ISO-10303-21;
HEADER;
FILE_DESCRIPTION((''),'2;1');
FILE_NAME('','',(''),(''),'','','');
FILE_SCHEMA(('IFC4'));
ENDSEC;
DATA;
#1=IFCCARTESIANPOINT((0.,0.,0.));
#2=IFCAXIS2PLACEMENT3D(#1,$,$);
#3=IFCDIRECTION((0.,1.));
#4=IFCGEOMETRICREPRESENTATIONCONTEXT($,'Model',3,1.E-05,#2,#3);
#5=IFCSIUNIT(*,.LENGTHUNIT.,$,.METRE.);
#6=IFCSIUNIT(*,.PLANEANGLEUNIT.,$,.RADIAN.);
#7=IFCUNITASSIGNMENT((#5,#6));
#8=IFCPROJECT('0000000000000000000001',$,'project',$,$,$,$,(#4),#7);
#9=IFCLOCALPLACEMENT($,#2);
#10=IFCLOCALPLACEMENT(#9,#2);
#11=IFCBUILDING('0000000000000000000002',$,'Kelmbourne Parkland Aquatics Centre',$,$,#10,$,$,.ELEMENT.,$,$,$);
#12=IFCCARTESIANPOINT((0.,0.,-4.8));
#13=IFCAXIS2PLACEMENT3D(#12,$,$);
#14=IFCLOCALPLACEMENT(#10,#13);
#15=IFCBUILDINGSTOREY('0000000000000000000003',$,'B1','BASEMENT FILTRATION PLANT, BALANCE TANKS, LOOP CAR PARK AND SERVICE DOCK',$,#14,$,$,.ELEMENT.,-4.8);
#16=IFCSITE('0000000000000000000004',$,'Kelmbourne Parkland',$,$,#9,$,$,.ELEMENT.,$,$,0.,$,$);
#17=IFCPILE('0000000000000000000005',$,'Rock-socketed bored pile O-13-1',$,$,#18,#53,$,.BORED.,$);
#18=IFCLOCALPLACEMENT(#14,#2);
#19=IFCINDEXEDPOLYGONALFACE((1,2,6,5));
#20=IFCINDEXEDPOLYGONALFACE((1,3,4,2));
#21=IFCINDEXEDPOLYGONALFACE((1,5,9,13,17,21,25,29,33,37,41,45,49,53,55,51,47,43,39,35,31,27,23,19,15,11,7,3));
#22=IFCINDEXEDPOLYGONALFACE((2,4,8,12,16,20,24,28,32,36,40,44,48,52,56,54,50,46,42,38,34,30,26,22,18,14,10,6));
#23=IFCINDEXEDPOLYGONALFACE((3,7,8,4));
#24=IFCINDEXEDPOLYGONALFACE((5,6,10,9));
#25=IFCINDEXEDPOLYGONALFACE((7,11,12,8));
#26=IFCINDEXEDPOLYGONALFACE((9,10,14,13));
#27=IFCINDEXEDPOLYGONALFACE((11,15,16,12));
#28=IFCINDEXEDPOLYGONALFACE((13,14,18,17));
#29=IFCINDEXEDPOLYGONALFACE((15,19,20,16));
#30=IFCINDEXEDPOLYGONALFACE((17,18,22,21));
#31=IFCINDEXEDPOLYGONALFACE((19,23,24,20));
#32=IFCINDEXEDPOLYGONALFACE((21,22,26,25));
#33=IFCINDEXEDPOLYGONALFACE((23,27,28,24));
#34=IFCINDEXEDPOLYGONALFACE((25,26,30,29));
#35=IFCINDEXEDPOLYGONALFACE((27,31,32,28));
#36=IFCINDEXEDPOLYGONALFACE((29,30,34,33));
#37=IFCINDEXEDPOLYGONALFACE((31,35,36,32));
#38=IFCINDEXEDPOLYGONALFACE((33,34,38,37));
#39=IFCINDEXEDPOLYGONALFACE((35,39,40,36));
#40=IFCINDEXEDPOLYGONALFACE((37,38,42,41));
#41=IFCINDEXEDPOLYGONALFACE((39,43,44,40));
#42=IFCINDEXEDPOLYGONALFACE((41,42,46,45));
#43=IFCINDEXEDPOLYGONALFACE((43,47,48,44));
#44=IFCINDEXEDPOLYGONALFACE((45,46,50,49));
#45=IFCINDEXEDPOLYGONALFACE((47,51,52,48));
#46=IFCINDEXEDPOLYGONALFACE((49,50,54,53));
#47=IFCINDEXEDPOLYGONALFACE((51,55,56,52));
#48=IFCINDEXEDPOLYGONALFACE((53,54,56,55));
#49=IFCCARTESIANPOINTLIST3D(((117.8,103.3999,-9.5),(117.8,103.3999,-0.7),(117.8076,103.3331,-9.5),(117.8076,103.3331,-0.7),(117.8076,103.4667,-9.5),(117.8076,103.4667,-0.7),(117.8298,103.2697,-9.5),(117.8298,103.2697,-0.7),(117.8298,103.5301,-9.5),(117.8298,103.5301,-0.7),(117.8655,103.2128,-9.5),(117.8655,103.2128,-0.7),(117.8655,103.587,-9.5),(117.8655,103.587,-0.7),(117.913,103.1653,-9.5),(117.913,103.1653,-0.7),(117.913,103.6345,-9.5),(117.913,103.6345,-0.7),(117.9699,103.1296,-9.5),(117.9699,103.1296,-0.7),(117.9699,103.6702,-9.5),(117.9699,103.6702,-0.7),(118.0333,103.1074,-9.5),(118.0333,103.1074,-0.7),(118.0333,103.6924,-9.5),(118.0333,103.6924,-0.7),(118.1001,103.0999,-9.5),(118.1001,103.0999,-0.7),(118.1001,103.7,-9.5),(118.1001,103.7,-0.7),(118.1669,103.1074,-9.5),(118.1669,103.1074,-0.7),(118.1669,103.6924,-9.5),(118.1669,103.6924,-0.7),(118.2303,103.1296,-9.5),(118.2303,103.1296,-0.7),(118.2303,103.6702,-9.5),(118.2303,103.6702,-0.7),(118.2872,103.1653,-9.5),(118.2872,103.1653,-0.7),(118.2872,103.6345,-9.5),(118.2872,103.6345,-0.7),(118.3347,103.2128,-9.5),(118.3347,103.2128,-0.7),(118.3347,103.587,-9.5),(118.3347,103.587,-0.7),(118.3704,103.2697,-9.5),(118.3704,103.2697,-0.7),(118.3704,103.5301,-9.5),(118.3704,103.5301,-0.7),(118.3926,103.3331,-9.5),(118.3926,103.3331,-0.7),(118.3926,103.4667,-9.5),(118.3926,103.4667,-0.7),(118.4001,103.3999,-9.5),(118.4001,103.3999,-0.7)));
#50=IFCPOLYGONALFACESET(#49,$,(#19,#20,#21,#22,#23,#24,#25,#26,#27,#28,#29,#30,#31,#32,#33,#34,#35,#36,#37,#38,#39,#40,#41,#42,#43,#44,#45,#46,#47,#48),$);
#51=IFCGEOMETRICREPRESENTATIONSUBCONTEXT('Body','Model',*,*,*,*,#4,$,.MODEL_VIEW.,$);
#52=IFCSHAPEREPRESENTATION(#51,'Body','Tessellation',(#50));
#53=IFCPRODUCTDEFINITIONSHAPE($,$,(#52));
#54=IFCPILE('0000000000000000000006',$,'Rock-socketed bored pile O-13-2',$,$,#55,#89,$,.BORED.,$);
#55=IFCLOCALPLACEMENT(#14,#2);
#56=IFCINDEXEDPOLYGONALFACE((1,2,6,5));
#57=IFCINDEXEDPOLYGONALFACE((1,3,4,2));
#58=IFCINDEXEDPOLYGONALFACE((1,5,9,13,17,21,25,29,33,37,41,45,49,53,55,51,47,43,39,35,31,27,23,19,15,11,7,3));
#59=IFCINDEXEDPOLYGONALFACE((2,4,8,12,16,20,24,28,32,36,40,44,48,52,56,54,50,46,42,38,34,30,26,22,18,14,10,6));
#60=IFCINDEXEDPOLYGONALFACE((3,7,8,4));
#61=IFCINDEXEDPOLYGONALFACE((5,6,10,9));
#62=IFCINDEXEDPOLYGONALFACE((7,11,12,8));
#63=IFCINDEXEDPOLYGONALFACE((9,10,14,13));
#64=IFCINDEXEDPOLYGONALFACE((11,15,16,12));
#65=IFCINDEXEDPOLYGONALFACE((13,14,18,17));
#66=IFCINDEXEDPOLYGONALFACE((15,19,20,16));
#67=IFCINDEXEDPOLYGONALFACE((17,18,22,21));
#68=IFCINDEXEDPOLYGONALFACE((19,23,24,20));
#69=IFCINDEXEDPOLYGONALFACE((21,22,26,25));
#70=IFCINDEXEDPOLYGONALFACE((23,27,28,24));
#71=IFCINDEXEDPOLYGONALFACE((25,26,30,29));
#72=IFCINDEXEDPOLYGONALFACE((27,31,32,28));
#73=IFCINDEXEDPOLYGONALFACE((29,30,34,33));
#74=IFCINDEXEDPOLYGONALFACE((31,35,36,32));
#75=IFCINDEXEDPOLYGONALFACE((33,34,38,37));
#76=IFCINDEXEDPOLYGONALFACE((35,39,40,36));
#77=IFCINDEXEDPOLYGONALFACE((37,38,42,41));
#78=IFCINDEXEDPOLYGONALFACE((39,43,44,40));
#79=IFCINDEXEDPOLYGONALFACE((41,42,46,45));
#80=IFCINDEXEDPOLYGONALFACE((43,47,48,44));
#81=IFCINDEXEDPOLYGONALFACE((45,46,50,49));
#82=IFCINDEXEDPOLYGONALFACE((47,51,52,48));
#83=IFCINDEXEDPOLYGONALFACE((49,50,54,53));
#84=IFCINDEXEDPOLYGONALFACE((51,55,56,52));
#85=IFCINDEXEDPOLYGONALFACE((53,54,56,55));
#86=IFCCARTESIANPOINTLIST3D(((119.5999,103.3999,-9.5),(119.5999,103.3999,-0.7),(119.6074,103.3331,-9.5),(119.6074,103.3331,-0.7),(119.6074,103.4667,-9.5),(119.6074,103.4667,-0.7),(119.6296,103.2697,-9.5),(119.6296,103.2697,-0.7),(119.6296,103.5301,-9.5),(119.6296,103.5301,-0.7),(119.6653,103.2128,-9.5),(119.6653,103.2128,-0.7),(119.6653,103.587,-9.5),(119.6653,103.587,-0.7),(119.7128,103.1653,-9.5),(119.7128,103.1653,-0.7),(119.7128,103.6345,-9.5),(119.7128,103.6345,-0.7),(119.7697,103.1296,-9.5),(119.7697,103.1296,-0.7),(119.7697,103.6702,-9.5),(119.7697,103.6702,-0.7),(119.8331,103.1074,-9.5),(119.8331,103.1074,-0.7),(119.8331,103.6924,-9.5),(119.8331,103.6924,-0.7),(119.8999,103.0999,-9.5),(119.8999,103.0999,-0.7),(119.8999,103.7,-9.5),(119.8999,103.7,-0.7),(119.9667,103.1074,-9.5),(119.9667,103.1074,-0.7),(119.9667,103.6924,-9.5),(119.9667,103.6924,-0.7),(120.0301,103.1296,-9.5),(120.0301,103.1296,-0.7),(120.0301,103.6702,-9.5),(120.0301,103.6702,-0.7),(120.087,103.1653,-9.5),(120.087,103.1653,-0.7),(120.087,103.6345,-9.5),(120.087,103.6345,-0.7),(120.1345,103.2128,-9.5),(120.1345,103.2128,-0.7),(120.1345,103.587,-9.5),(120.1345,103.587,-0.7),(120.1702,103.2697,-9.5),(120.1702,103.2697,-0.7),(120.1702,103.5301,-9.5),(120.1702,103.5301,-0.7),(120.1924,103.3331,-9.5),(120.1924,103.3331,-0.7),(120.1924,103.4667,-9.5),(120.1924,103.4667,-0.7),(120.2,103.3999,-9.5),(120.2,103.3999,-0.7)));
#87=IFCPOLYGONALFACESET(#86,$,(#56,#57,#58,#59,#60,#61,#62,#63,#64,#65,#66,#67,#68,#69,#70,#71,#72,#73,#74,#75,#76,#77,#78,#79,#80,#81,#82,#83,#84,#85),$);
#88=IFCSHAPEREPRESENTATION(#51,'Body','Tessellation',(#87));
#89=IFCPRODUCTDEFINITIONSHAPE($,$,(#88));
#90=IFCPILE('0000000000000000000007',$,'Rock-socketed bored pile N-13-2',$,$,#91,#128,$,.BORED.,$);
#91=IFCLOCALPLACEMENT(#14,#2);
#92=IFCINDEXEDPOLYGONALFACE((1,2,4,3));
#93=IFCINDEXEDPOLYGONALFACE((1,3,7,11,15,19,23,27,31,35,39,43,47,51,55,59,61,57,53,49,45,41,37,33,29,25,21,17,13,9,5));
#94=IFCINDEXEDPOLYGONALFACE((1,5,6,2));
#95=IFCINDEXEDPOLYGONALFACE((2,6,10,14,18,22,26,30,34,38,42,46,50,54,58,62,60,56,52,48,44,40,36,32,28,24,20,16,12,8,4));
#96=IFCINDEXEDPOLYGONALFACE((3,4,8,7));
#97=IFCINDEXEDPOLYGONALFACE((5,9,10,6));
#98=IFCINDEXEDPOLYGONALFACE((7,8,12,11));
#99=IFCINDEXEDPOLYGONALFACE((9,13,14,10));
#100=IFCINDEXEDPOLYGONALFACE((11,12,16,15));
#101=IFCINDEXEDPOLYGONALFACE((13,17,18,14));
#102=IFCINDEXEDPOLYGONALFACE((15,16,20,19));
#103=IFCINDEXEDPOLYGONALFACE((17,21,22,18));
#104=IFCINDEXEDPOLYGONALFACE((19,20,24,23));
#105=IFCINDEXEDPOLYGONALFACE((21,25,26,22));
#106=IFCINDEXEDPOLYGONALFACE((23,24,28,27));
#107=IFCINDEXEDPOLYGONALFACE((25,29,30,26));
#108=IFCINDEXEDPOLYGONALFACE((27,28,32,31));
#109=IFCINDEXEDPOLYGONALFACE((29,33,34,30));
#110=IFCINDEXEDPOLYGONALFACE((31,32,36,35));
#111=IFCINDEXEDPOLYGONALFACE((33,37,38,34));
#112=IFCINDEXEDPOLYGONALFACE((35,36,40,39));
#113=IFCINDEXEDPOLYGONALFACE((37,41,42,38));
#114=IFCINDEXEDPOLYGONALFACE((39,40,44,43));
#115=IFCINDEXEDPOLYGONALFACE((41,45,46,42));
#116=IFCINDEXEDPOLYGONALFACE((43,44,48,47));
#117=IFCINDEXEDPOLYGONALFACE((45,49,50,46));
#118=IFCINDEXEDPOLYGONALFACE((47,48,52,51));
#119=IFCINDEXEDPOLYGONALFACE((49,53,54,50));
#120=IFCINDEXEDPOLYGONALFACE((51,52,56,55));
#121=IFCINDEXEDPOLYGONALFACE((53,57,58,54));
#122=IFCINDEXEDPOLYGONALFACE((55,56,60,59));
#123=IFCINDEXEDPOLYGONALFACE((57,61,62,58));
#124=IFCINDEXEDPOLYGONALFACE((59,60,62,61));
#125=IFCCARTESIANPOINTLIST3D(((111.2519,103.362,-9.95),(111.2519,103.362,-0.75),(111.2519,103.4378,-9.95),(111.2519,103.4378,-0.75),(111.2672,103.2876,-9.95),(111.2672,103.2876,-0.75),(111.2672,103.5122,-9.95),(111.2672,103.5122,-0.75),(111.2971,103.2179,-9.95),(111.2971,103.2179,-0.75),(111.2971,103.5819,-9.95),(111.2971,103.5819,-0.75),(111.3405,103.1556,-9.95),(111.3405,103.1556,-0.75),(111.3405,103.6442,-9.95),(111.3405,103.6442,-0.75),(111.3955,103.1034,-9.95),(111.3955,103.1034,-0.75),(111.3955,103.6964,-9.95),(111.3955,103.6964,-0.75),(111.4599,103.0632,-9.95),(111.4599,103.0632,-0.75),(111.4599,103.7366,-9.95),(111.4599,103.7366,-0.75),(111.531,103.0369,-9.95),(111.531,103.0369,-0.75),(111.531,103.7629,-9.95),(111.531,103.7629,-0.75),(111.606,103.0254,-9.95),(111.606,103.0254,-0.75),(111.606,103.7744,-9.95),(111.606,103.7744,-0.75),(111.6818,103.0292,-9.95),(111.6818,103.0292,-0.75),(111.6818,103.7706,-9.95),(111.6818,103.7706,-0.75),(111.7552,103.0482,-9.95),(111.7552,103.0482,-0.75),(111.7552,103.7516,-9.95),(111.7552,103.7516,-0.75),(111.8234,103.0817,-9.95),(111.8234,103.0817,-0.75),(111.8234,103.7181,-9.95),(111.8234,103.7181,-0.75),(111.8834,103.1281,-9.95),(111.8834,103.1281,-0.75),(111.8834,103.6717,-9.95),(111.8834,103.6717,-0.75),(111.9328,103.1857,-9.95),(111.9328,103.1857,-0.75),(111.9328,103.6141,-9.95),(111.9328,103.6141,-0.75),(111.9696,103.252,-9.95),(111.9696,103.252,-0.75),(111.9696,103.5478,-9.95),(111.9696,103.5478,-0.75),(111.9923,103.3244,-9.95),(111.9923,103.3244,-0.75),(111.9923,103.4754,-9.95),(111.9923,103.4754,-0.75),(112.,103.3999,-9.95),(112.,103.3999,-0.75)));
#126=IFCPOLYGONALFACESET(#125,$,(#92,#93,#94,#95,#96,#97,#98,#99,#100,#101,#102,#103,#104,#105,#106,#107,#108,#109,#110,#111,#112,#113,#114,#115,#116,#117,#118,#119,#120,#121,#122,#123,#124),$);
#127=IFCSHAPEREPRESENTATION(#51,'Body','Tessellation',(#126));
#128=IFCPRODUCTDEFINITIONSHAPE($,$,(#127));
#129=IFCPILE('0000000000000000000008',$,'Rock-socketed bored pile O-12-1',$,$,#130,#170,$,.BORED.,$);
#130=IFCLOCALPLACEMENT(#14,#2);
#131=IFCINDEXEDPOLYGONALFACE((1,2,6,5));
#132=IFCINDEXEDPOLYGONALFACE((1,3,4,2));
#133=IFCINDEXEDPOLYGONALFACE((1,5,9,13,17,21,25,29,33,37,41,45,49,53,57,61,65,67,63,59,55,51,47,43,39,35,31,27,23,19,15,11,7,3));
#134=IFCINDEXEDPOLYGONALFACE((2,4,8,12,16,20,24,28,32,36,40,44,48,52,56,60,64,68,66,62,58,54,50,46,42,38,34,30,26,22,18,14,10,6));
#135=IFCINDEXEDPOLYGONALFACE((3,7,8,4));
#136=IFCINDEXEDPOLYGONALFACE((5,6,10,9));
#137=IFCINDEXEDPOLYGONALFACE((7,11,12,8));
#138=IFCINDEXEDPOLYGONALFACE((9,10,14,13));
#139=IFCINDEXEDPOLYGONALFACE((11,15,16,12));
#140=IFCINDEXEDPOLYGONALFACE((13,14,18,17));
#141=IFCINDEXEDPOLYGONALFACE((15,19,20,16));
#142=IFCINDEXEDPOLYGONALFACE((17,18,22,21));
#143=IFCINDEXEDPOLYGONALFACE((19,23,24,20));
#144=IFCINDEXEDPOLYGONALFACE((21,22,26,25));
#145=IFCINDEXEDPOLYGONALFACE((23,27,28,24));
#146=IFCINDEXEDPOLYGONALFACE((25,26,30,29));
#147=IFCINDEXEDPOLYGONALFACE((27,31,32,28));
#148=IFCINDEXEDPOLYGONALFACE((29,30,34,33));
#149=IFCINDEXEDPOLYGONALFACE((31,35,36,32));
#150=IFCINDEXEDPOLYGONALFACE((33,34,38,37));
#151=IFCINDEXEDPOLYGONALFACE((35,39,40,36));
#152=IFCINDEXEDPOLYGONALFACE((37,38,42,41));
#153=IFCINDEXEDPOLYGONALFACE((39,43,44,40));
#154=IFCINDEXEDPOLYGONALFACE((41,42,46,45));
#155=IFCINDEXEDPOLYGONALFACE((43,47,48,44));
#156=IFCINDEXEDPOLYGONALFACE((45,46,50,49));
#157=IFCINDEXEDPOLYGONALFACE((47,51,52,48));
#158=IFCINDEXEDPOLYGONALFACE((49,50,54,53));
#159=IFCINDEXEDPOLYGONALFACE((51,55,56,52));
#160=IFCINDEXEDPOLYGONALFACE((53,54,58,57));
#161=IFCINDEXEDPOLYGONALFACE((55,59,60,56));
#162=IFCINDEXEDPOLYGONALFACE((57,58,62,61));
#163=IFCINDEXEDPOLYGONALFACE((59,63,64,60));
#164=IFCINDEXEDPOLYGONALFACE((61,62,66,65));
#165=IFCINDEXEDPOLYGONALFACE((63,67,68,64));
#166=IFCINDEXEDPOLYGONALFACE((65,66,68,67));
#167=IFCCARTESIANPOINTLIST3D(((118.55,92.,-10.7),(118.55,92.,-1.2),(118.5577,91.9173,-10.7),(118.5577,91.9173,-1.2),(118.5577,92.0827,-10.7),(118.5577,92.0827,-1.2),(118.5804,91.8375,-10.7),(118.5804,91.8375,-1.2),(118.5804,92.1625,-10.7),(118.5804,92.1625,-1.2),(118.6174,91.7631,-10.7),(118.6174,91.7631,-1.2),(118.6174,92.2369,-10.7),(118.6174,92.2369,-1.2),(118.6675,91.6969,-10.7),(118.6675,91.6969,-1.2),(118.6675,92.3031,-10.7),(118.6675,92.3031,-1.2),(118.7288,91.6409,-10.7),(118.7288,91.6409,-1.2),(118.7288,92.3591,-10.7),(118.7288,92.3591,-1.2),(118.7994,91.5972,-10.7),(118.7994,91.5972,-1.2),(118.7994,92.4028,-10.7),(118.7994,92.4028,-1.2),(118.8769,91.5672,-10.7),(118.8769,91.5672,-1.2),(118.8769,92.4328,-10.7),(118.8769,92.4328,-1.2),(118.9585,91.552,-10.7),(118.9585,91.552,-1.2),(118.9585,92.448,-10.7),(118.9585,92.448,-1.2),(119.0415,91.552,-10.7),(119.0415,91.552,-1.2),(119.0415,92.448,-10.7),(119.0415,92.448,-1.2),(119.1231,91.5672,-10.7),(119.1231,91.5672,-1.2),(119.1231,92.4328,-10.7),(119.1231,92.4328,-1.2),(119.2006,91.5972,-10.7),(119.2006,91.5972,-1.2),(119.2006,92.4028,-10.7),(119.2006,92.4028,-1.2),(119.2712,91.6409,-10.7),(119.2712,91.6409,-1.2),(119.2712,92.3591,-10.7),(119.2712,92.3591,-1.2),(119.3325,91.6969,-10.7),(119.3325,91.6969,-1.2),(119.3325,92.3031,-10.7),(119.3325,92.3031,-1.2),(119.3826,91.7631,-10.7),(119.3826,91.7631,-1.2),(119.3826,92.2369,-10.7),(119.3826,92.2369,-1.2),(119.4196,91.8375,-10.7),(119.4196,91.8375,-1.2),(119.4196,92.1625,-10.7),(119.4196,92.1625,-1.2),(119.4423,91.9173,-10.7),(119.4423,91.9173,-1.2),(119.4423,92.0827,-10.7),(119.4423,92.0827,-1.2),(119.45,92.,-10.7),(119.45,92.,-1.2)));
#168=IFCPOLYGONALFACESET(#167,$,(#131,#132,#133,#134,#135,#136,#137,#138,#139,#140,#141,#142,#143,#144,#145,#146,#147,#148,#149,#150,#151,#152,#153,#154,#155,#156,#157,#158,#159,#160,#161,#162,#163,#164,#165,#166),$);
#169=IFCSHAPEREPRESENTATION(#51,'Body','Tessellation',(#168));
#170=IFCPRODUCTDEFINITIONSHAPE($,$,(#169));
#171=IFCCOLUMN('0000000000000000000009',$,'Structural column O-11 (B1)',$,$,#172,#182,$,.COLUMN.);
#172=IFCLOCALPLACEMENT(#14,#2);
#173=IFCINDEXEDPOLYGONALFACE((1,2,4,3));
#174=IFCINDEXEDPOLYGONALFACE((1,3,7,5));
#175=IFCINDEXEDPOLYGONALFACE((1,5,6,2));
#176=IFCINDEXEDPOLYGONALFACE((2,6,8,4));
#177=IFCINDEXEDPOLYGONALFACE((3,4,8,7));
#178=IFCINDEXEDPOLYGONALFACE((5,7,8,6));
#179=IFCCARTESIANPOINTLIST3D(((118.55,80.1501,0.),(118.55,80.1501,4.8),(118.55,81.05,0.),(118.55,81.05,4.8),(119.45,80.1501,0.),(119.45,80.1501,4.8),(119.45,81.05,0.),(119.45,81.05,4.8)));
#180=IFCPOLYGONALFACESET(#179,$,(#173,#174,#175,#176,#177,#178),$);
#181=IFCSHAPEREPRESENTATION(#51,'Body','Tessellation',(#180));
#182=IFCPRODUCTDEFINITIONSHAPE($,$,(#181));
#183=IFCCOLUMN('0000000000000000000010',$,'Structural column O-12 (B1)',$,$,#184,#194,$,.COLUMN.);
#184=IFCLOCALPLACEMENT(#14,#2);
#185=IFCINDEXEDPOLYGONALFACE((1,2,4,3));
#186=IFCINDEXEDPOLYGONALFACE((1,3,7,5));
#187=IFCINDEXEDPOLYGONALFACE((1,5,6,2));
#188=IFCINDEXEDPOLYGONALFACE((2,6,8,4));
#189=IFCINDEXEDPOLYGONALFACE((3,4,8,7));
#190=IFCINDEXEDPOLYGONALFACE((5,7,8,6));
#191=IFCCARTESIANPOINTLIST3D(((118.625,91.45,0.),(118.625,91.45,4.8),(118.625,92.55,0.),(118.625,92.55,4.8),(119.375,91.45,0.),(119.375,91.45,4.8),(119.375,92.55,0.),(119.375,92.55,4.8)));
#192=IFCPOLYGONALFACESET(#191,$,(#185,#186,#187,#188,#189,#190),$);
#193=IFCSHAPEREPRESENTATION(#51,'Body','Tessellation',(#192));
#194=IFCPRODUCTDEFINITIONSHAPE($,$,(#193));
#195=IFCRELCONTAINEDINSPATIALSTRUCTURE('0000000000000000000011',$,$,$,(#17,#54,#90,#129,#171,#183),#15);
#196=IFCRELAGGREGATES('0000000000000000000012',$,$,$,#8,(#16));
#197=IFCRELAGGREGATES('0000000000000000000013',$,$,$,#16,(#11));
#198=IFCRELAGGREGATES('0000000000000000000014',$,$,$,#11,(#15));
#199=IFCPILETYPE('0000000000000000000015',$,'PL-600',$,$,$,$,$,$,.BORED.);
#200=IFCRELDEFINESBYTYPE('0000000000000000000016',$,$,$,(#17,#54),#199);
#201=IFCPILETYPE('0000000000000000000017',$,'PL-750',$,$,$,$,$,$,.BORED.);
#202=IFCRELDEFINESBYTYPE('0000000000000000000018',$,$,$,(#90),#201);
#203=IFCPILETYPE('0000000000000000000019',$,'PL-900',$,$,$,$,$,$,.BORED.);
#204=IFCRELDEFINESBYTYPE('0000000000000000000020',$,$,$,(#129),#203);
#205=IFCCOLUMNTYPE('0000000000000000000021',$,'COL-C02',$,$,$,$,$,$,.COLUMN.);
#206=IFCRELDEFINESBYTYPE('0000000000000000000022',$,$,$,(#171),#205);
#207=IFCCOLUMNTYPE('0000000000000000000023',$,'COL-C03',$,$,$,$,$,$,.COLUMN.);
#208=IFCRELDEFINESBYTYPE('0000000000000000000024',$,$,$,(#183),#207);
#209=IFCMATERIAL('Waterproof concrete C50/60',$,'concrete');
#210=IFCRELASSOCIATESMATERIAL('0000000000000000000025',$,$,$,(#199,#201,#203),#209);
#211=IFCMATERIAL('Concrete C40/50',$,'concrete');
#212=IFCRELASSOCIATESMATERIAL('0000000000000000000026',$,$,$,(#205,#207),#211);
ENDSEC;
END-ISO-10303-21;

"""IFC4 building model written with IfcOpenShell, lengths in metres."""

from ifc_helpers import new_model, si_unit, direction, frame, origin, origin_2d, place, context, subcontext, project, spatial, rectangle, circle, extrude, material, material_profile, profile_set, type_object, element, save


model = new_model("IFC4")

# Units and contexts
model_context = context("Model", 3, precision=1e-05, world=origin(), true_north=direction((0.0, 1.0)))
body_context = subcontext(model_context, "Body", "Model", "MODEL_VIEW")
ifc_project = project(units=[si_unit("LENGTHUNIT", "METRE"), si_unit("PLANEANGLEUNIT", "RADIAN")], contexts=[model_context])

# Site, building, storey
site_placement = place(None, origin())
site = spatial("IfcSite", under=ifc_project, at=site_placement, Name="Kelmbourne Parkland", CompositionType="ELEMENT", RefElevation=0.0)
building_placement = place(site_placement, origin())
building = spatial("IfcBuilding", under=site, at=building_placement, Name="Kelmbourne Parkland Aquatics Centre", CompositionType="ELEMENT")
storey_placement = place(building_placement, frame((0.0, 0.0, -4.8)))
storey = spatial("IfcBuildingStorey", under=building, at=storey_placement, Name="B1", Description="BASEMENT FILTRATION PLANT, BALANCE TANKS, LOOP CAR PARK AND SERVICE DOCK", CompositionType="ELEMENT", Elevation=-4.8)

# Shared definitions
ifc_material_1 = material(Name="Waterproof concrete C50/60", Category="concrete")

# Piles
ifc_material_profile_1 = material_profile(ifc_material_1, circle(Radius=0.3, at=origin_2d()), Name="PILE D600")
ifc_profile_set_1 = profile_set([ifc_material_profile_1], Name="Waterproof concrete C50/60")
pile_type_1 = type_object("IfcPileType", Name="PL-600", PredefinedType="BORED", material=ifc_profile_set_1)
for number, where, z_axis, x_axis, name in (
    (1, (118.1001, 103.3999, -0.7), (0.0, 0.0, -1.0), (1.0, 0.0, 0.0), "Rock-socketed bored pile O-13-1"),
    (2, (119.8999, 103.3999, -0.7), (0.0, 0.0, -1.0), (1.0, 0.0, 0.0), "Rock-socketed bored pile O-13-2"),
):
    element("IfcPile", number, at=place(storey_placement, frame(where, z_axis=z_axis, x_axis=x_axis)), inside=storey, type_object=pile_type_1, Name=name, PredefinedType="BORED", context=body_context, shape_type="SweptSolid", body=[
        extrude(circle(Radius=0.3, at=origin_2d()), origin(), (0.0, 0.0, 1.0), 8.8),
    ])
ifc_material_profile_2 = material_profile(ifc_material_1, circle(Radius=0.375, at=origin_2d()), Name="PILE D750")
ifc_profile_set_2 = profile_set([ifc_material_profile_2], Name="Waterproof concrete C50/60")
pile_type_2 = type_object("IfcPileType", Name="PL-750", PredefinedType="BORED", material=ifc_profile_set_2)
pile_1_placement = place(storey_placement, frame((111.625, 103.3999, -0.75), z_axis=(0.0, 0.0, -1.0), x_axis=(1.0, 0.0, 0.0)))
element("IfcPile", 3, at=pile_1_placement, inside=storey, type_object=pile_type_2, Name="Rock-socketed bored pile N-13-2", PredefinedType="BORED", context=body_context, shape_type="SweptSolid", body=[
    extrude(circle(Radius=0.375, at=origin_2d()), origin(), (0.0, 0.0, 1.0), 9.2),
])
ifc_material_profile_3 = material_profile(ifc_material_1, circle(Radius=0.45, at=origin_2d()), Name="PILE D900")
ifc_profile_set_3 = profile_set([ifc_material_profile_3], Name="Waterproof concrete C50/60")
pile_type_3 = type_object("IfcPileType", Name="PL-900", PredefinedType="BORED", material=ifc_profile_set_3)
pile_2_placement = place(storey_placement, frame((119.0, 92.0, -1.2), z_axis=(0.0, 0.0, -1.0), x_axis=(1.0, 0.0, 0.0)))
element("IfcPile", 4, at=pile_2_placement, inside=storey, type_object=pile_type_3, Name="Rock-socketed bored pile O-12-1", PredefinedType="BORED", context=body_context, shape_type="SweptSolid", body=[
    extrude(circle(Radius=0.45, at=origin_2d()), origin(), (0.0, 0.0, 1.0), 9.5),
])

# Columns
ifc_material_2 = material(Name="Concrete C40/50", Category="concrete")
ifc_material_profile_4 = material_profile(ifc_material_2, rectangle(XDim=0.8999, YDim=0.8999, at=origin_2d()), Name="RC 900x900")
ifc_profile_set_4 = profile_set([ifc_material_profile_4], Name="Concrete C40/50")
column_type_1 = type_object("IfcColumnType", Name="COL-C02", PredefinedType="COLUMN", material=ifc_profile_set_4)
column_1_placement = place(storey_placement, frame((119.0, 80.6001, 0.0), z_axis=(0.0, 0.0, 1.0), x_axis=(1.0, 0.0, 0.0)))
element("IfcColumn", 5, at=column_1_placement, inside=storey, type_object=column_type_1, Name="Structural column O-11 (B1)", PredefinedType="COLUMN", context=body_context, shape_type="SweptSolid", body=[
    extrude(rectangle(XDim=0.8999, YDim=0.8999, at=origin_2d()), origin(), (0.0, 0.0, 1.0), 4.8),
])
ifc_material_profile_5 = material_profile(ifc_material_2, rectangle(XDim=0.75, YDim=1.1001, at=origin_2d()), Name="RC 750x1100")
ifc_profile_set_5 = profile_set([ifc_material_profile_5], Name="Concrete C40/50")
column_type_2 = type_object("IfcColumnType", Name="COL-C03", PredefinedType="COLUMN", material=ifc_profile_set_5)
column_2_placement = place(storey_placement, frame((119.0, 92.0, 0.0), z_axis=(0.0, 0.0, 1.0), x_axis=(1.0, 0.0, 0.0)))
element("IfcColumn", 6, at=column_2_placement, inside=storey, type_object=column_type_2, Name="Structural column O-12 (B1)", PredefinedType="COLUMN", context=body_context, shape_type="SweptSolid", body=[
    extrude(rectangle(XDim=0.75, YDim=1.1001, at=origin_2d()), origin(), (0.0, 0.0, 1.0), 4.8),
])

save(model, "model.ifc")
